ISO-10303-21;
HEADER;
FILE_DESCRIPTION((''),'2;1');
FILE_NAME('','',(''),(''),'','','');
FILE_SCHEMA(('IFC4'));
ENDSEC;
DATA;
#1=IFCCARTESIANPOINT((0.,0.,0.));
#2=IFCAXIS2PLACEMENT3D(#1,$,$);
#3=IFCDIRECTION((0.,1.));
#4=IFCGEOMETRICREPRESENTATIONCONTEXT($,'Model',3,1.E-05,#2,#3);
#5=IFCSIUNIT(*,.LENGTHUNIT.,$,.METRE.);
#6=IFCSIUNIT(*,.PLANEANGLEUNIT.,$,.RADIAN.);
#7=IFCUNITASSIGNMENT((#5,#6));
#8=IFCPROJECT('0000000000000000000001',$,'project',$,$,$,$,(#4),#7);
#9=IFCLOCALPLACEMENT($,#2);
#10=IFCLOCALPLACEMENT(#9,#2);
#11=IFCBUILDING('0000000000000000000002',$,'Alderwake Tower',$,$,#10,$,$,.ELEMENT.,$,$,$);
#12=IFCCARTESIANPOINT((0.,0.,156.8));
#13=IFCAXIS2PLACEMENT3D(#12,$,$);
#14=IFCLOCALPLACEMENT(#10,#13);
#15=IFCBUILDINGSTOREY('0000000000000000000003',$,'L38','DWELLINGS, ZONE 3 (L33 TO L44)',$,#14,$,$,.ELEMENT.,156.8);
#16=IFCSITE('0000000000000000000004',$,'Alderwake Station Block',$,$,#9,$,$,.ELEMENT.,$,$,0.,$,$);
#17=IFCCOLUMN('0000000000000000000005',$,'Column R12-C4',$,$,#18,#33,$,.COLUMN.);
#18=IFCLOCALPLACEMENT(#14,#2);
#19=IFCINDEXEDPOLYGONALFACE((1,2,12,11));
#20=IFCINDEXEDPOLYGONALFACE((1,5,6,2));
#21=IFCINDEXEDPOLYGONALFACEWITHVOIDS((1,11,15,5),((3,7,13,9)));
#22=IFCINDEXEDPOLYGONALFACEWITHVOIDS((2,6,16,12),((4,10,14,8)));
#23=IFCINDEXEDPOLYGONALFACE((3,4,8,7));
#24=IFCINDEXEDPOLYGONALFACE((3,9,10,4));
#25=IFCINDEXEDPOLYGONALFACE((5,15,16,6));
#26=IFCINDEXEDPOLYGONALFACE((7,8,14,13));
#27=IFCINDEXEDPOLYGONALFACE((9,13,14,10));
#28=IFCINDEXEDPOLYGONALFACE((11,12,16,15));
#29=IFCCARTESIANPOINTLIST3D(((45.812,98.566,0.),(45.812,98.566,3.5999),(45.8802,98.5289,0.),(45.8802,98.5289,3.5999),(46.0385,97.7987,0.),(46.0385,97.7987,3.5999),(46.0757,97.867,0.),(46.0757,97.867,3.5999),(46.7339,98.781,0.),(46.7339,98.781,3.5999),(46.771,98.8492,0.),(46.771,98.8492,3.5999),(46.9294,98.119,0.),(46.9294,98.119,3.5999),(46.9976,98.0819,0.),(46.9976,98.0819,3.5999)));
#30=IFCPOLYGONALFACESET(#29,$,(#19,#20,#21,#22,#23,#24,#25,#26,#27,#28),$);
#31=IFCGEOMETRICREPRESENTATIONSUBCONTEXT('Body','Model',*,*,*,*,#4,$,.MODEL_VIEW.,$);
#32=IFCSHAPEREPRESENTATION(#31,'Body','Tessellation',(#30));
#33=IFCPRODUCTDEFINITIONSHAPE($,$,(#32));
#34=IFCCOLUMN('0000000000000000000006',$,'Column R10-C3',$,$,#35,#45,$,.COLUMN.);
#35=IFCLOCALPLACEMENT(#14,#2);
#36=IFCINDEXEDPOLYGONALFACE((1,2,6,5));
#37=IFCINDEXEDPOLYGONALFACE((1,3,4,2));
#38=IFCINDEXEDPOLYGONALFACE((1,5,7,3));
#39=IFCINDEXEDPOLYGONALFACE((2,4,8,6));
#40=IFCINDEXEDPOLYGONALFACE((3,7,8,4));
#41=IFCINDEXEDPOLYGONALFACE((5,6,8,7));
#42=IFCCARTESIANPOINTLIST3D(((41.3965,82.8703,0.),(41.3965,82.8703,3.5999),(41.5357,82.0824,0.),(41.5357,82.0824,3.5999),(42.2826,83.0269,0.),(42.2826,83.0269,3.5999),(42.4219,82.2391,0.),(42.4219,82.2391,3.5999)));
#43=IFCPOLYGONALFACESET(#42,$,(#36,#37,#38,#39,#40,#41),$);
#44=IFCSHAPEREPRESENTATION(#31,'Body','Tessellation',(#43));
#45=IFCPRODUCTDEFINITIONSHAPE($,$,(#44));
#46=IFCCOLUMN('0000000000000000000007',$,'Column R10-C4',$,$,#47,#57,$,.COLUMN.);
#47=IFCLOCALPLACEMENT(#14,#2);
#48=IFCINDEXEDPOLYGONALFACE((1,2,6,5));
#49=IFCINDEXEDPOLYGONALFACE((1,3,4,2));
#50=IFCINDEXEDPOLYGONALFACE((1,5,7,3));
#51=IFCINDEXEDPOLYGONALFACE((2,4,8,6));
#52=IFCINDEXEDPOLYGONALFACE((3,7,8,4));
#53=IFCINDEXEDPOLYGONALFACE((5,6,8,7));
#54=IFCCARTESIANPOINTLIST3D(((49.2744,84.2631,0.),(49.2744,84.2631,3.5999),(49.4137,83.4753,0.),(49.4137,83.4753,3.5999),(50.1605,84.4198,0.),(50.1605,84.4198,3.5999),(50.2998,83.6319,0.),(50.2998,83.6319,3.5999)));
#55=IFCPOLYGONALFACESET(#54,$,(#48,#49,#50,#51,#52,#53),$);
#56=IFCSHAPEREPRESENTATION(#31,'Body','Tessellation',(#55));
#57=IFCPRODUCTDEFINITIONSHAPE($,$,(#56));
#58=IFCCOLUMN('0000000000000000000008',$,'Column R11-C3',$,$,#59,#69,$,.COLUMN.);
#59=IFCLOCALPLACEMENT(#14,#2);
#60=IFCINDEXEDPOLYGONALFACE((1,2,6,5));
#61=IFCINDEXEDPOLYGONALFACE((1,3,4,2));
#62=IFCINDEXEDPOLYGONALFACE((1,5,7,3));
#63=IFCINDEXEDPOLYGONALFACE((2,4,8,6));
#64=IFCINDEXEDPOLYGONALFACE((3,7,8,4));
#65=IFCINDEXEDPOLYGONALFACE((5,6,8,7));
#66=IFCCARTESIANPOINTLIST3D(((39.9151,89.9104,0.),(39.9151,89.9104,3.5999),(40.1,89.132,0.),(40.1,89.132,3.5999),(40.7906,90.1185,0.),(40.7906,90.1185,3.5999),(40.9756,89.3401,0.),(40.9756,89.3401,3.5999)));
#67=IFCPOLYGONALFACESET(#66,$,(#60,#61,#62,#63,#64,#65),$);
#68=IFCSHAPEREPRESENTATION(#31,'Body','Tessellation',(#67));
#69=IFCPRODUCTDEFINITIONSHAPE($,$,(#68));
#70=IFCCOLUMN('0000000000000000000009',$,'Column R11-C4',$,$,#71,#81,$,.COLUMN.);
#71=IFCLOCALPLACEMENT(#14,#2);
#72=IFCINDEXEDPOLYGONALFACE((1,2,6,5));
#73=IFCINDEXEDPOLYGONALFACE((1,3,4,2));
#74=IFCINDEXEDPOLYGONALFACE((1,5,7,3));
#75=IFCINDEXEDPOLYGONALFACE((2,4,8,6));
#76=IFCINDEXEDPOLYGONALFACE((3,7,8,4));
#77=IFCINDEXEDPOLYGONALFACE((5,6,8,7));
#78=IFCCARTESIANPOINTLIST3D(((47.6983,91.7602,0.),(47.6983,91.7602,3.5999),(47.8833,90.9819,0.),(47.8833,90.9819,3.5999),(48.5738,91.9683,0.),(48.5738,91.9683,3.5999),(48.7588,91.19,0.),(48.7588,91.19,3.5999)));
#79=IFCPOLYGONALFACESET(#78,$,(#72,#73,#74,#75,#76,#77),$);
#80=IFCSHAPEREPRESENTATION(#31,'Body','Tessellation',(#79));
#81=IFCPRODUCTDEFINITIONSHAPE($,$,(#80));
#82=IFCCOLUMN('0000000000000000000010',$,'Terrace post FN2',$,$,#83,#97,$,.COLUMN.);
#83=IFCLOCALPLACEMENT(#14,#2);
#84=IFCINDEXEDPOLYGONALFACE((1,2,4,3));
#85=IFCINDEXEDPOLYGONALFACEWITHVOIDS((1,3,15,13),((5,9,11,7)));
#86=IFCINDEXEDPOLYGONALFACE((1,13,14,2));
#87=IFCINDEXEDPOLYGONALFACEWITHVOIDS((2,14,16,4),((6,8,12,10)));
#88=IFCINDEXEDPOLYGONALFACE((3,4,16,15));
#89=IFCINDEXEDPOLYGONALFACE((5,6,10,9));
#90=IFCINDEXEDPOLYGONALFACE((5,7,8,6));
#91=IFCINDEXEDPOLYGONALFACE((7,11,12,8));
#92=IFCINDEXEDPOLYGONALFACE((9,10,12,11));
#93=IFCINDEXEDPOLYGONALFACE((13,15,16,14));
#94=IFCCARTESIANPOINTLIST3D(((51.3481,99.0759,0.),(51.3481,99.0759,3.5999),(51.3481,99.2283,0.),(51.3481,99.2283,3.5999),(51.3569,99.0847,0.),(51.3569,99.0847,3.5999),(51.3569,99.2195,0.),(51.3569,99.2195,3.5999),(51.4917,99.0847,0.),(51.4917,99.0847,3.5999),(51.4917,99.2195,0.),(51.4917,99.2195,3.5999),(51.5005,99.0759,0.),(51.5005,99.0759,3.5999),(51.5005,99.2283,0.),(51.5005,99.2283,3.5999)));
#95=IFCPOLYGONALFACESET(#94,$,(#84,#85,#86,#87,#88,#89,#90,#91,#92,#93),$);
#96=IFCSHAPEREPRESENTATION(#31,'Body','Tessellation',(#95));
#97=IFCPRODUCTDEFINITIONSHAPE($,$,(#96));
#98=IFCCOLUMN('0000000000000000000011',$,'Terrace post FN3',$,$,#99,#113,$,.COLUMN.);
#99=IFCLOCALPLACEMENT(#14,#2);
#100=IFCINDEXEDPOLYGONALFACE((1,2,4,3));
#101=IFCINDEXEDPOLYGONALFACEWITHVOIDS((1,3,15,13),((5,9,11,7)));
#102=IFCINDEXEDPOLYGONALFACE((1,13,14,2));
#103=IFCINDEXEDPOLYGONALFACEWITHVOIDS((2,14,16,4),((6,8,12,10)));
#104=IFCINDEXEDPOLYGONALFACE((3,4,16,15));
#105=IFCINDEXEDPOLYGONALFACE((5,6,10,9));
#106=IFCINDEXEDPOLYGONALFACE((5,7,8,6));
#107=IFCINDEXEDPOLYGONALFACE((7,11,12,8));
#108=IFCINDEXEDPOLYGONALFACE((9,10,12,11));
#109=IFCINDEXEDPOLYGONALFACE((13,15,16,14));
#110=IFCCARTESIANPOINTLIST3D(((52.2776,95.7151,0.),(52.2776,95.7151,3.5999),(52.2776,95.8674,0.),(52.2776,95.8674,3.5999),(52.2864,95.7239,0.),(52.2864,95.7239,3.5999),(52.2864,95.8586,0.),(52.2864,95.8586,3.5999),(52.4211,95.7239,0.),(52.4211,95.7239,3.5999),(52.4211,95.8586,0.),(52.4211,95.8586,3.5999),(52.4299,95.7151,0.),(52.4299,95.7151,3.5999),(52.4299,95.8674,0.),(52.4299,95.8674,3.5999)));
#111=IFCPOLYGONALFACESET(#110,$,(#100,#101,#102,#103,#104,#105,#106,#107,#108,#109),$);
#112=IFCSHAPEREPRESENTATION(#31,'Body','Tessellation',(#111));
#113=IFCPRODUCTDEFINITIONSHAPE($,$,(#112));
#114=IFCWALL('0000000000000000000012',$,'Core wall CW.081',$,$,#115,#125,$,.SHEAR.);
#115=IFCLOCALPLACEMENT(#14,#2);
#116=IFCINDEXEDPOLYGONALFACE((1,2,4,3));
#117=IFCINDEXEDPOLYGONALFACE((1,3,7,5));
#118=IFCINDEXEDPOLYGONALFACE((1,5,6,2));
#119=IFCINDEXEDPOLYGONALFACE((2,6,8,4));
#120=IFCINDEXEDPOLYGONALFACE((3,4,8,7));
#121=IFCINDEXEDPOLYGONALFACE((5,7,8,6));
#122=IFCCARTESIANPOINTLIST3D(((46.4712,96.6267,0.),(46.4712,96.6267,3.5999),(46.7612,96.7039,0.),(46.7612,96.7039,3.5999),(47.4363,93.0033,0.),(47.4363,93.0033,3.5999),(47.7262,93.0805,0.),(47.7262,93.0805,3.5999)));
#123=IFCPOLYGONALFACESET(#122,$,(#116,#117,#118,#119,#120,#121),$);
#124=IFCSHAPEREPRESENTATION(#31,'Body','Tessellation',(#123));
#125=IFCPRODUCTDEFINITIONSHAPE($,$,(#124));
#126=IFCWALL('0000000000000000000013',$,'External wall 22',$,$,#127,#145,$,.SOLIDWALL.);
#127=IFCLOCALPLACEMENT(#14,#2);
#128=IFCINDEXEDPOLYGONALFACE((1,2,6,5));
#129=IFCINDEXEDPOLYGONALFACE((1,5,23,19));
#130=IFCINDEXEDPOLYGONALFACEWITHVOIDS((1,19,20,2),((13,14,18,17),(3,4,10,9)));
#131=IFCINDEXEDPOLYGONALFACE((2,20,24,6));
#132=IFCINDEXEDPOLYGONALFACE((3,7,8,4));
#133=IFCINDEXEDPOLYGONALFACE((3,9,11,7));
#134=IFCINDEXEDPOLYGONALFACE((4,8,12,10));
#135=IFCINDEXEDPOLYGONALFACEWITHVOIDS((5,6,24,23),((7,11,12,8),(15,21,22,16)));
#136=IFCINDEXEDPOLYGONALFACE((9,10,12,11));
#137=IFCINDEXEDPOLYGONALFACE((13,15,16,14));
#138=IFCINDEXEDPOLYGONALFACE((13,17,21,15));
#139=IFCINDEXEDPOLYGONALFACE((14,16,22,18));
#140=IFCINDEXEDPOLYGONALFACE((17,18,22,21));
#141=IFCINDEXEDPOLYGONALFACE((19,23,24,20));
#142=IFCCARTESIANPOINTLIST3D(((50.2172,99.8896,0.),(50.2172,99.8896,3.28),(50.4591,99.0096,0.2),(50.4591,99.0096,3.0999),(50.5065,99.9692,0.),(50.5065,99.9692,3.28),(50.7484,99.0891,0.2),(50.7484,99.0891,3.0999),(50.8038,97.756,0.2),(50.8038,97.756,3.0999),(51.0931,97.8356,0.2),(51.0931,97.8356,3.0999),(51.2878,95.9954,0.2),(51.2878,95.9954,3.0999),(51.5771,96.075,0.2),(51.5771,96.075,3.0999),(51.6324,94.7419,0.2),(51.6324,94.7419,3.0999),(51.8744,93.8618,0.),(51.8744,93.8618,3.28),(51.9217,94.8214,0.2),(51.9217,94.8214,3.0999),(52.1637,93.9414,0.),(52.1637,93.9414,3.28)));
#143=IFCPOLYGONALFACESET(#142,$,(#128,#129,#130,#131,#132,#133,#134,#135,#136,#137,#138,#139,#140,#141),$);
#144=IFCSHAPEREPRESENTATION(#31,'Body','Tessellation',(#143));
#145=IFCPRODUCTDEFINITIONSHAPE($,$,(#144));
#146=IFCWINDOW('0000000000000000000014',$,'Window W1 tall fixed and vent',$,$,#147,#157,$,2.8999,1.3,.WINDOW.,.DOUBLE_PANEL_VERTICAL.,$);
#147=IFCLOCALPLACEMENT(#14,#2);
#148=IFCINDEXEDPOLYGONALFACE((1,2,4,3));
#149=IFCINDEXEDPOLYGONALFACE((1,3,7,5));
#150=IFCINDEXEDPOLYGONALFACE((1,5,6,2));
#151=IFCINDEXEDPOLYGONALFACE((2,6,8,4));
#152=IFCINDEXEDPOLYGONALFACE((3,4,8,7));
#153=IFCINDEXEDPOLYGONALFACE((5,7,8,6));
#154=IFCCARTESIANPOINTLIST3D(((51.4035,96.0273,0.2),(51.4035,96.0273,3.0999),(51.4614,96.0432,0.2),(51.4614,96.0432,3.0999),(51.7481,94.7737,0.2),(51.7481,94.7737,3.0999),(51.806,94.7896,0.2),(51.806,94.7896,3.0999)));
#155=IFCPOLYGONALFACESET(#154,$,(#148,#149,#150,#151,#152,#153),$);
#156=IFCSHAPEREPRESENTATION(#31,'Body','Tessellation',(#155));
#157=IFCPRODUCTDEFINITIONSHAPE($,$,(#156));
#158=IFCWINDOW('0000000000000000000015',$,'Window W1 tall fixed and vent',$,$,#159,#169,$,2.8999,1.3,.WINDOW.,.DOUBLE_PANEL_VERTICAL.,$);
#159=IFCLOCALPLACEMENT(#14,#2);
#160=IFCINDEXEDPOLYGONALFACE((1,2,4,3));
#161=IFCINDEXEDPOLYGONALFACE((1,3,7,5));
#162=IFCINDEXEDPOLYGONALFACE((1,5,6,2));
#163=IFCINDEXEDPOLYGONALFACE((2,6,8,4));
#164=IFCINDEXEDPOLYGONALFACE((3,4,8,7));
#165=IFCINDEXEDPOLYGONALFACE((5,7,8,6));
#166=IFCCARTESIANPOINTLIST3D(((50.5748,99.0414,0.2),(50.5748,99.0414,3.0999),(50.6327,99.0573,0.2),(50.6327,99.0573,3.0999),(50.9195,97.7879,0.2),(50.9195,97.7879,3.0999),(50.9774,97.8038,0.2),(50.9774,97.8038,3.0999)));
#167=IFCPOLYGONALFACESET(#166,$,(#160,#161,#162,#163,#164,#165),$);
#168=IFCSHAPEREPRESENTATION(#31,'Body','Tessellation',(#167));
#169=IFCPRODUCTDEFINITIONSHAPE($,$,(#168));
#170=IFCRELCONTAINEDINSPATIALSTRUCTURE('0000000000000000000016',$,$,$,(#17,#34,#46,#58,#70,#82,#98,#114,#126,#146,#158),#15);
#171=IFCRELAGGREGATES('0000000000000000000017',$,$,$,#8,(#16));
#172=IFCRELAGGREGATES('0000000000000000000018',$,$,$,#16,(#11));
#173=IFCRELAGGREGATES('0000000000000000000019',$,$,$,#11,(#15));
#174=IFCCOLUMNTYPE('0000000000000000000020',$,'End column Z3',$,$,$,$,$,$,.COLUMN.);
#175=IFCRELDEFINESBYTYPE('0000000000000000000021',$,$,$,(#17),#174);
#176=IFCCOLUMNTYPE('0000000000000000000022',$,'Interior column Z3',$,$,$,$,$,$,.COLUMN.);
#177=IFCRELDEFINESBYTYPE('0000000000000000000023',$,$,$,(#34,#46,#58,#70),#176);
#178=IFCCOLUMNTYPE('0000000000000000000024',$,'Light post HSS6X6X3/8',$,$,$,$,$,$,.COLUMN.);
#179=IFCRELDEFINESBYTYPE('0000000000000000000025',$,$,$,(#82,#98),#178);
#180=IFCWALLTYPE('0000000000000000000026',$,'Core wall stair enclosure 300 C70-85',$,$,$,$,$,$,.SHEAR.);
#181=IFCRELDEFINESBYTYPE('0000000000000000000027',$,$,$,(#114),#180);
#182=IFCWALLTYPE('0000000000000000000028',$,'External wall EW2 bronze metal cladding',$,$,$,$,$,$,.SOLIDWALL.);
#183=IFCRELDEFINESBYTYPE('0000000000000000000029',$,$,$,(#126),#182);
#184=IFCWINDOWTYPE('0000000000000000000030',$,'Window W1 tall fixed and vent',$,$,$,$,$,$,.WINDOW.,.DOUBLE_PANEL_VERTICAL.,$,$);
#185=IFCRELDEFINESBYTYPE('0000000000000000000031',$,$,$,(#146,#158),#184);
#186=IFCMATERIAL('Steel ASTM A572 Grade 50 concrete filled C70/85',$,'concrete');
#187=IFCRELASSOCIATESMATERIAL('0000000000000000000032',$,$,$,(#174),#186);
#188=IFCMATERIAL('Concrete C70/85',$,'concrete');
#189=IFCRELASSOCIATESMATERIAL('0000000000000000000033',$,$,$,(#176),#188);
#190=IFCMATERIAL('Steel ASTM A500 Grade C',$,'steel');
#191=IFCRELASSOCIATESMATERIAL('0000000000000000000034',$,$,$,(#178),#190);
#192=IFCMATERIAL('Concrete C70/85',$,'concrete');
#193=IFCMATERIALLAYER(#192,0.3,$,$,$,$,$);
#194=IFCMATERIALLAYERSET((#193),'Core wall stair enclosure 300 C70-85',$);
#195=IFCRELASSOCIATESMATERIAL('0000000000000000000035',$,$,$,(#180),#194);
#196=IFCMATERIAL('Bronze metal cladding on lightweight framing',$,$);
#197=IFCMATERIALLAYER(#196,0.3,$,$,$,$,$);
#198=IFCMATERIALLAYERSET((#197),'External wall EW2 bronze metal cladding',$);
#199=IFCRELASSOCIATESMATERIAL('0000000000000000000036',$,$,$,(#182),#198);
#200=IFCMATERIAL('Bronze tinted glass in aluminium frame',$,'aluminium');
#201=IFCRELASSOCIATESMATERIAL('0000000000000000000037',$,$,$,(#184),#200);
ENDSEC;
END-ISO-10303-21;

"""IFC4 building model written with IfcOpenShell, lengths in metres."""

from ifc_helpers import new_model, si_unit, direction, frame, frame_2d, origin, origin_2d, place, context, subcontext, project, spatial, rectangle, hollow_rectangle, extrude, material, layer, layer_set, material_profile, profile_set, type_object, element, fill, save


model = new_model("IFC4")

# Units and contexts
model_context = context("Model", 3, precision=1e-05, world=origin(), true_north=direction((0.0, 1.0)))
body_context = subcontext(model_context, "Body", "Model", "MODEL_VIEW")
ifc_project = project(units=[si_unit("LENGTHUNIT", "METRE"), si_unit("PLANEANGLEUNIT", "RADIAN")], contexts=[model_context])

# Site, building, storey
site_placement = place(None, origin())
site = spatial("IfcSite", under=ifc_project, at=site_placement, Name="Alderwake Station Block", CompositionType="ELEMENT", RefElevation=0.0)
building_placement = place(site_placement, origin())
building = spatial("IfcBuilding", under=site, at=building_placement, Name="Alderwake Tower", CompositionType="ELEMENT")
storey_placement = place(building_placement, frame((0.0, 0.0, 156.8)))
storey = spatial("IfcBuildingStorey", under=building, at=storey_placement, Name="L38", Description="DWELLINGS, ZONE 3 (L33 TO L44)", CompositionType="ELEMENT", Elevation=156.8)

# Columns
ifc_material_1 = material(Name="Steel ASTM A572 Grade 50 concrete filled C70/85", Category="concrete")
ifc_material_profile_1 = material_profile(ifc_material_1, hollow_rectangle(XDim=0.8, YDim=1.0, WallThickness=0.0549, at=origin_2d()), Name="BOX 1000X800X55")
ifc_profile_set_1 = profile_set([ifc_material_profile_1], Name="Steel ASTM A572 Grade 50 concrete filled C70/85")
column_type_1 = type_object("IfcColumnType", Name="End column Z3", PredefinedType="COLUMN", material=ifc_profile_set_1)
column_placement = place(storey_placement, frame((46.4048, 98.324, 0.0), z_axis=(0.0, 0.0, 1.0), x_axis=(-0.283185, 0.959065, 0.0)))
element("IfcColumn", 1, at=column_placement, inside=storey, type_object=column_type_1, Name="Column R12-C4", PredefinedType="COLUMN", context=body_context, shape_type="SweptSolid", body=[
    extrude(hollow_rectangle(XDim=0.8, YDim=1.0, WallThickness=0.0549, at=origin_2d()), origin(), (0.0, 0.0, 1.0), 3.5999),
])
ifc_material_2 = material(Name="Concrete C70/85", Category="concrete")
ifc_material_profile_2 = material_profile(ifc_material_2, rectangle(XDim=0.8, YDim=0.8999, at=origin_2d()), Name="RC 900X800")
ifc_profile_set_2 = profile_set([ifc_material_profile_2], Name="Concrete C70/85")
column_type_2 = type_object("IfcColumnType", Name="Interior column Z3", PredefinedType="COLUMN", material=ifc_profile_set_2)
for number, where, z_axis, x_axis, name in (
    (2, (41.9092, 82.5547, 0.0), (0.0, 0.0, 1.0), (-0.174109, 0.984726, 0.0), "Column R10-C3"),
    (3, (49.7871, 83.9475, 0.0), (0.0, 0.0, 1.0), (-0.174109, 0.984726, 0.0), "Column R10-C4"),
    (4, (40.4453, 89.6252, 0.0), (0.0, 0.0, 1.0), (-0.231222, 0.972901, 0.0), "Column R11-C3"),
    (5, (48.2285, 91.4751, 0.0), (0.0, 0.0, 1.0), (-0.231222, 0.972901, 0.0), "Column R11-C4"),
):
    element("IfcColumn", number, at=place(storey_placement, frame(where, z_axis=z_axis, x_axis=x_axis)), inside=storey, type_object=column_type_2, Name=name, PredefinedType="COLUMN", context=body_context, shape_type="SweptSolid", body=[
        extrude(rectangle(XDim=0.8, YDim=0.8999, at=origin_2d()), origin(), (0.0, 0.0, 1.0), 3.5999),
    ])
ifc_material_3 = material(Name="Steel ASTM A500 Grade C", Category="steel")
ifc_material_profile_3 = material_profile(ifc_material_3, hollow_rectangle(XDim=0.1523, YDim=0.1523, WallThickness=0.0088, at=origin_2d()), Name="HSS6X6X3/8")
ifc_profile_set_3 = profile_set([ifc_material_profile_3], Name="Steel ASTM A500 Grade C")
column_type_3 = type_object("IfcColumnType", Name="Light post HSS6X6X3/8", PredefinedType="COLUMN", material=ifc_profile_set_3)
for number, where, z_axis, x_axis, name in (
    (6, (51.4243, 99.1521, 0.0), (0.0, 0.0, 1.0), (1.0, 0.0, 0.0), "Terrace post FN2"),
    (7, (52.3538, 95.7913, 0.0), (0.0, 0.0, 1.0), (1.0, 0.0, 0.0), "Terrace post FN3"),
):
    element("IfcColumn", number, at=place(storey_placement, frame(where, z_axis=z_axis, x_axis=x_axis)), inside=storey, type_object=column_type_3, Name=name, PredefinedType="COLUMN", context=body_context, shape_type="SweptSolid", body=[
        extrude(hollow_rectangle(XDim=0.1523, YDim=0.1523, WallThickness=0.0088, at=origin_2d()), origin(), (0.0, 0.0, 1.0), 3.5999),
    ])

# Wall
ifc_material_4 = material(Name="Concrete C70/85", Category="concrete")
ifc_layer_1 = layer(ifc_material_4, 0.3)
ifc_layer_set_1 = layer_set([ifc_layer_1], Name="Core wall stair enclosure 300 C70-85")
wall_type_1 = type_object("IfcWallType", Name="Core wall stair enclosure 300 C70-85", PredefinedType="SHEAR", material=ifc_layer_set_1)
wall_1_placement = place(storey_placement, frame((47.5813, 93.0417, 0.0), z_axis=(0.0, 0.0, 1.0), x_axis=(-0.257367, 0.966314, 0.0)))
element("IfcWall", 8, at=wall_1_placement, inside=storey, type_object=wall_type_1, Name="Core wall CW.081", PredefinedType="SHEAR", context=body_context, shape_type="SweptSolid", body=[
    extrude(rectangle(XDim=3.7498, YDim=0.3, at=frame_2d((1.875, 0.0))), origin(), (0.0, 0.0, 1.0), 3.5999),
])

# Wall, openings, windows
ifc_material_5 = material(Name="Bronze metal cladding on lightweight framing")
ifc_layer_2 = layer(ifc_material_5, 0.3)
ifc_layer_set_2 = layer_set([ifc_layer_2], Name="External wall EW2 bronze metal cladding")
wall_type_2 = type_object("IfcWallType", Name="External wall EW2 bronze metal cladding", PredefinedType="SOLIDWALL", material=ifc_layer_set_2)
wall_2_placement = place(storey_placement, frame((52.019, 93.9016, 0.0), z_axis=(0.0, 0.0, 1.0), x_axis=(-0.265093, 0.964223, 0.0)))
wall_2 = element("IfcWall", 9, at=wall_2_placement, inside=storey, type_object=wall_type_2, Name="External wall 22", PredefinedType="SOLIDWALL", context=body_context, shape_type="SweptSolid", body=[
    extrude(rectangle(XDim=6.2515, YDim=0.3, at=frame_2d((3.1257, 0.0))), origin(), (0.0, 0.0, 1.0), 3.28),
])
opening_1_placement = place(wall_2_placement, frame((0.9128, 0.0, 0.2)))
opening_1 = element("IfcOpeningElement", 10, at=opening_1_placement, cuts=wall_2, PredefinedType="OPENING", context=body_context, shape_type="SweptSolid", body=[
    extrude(rectangle(XDim=1.3, YDim=2.8999, at=frame_2d((0.6499, 1.45))), frame((0.0, 0.1599, 0.0), z_axis=(0.0, -1.0, 0.0), x_axis=(1.0, 0.0, 0.0)), (0.0, 0.0, 1.0), 0.3201),
])
opening_2_placement = place(wall_2_placement, frame((4.0388, 0.0, 0.2)))
opening_2 = element("IfcOpeningElement", 11, at=opening_2_placement, cuts=wall_2, PredefinedType="OPENING", context=body_context, shape_type="SweptSolid", body=[
    extrude(rectangle(XDim=1.3, YDim=2.8999, at=frame_2d((0.6499, 1.45))), frame((0.0, 0.1599, 0.0), z_axis=(0.0, -1.0, 0.0), x_axis=(1.0, 0.0, 0.0)), (0.0, 0.0, 1.0), 0.3201),
])
ifc_material_6 = material(Name="Bronze tinted glass in aluminium frame", Category="aluminium")
window_type = type_object("IfcWindowType", Name="Window W1 tall fixed and vent", PartitioningType="DOUBLE_PANEL_VERTICAL", PredefinedType="WINDOW", material=ifc_material_6)
window_1_placement = place(opening_1_placement, origin())
window_1 = element("IfcWindow", 12, at=window_1_placement, inside=storey, type_object=window_type, Name="Window W1 tall fixed and vent", OverallHeight=2.8999, OverallWidth=1.3, PartitioningType="DOUBLE_PANEL_VERTICAL", PredefinedType="WINDOW", context=body_context, shape_type="SweptSolid", body=[
    extrude(rectangle(XDim=1.3, YDim=2.8999, at=frame_2d((0.6499, 1.45))), frame((0.0, 0.03, 0.0), z_axis=(0.0, -1.0, 0.0), x_axis=(1.0, 0.0, 0.0)), (0.0, 0.0, 1.0), 0.0601),
])
fill(opening_1, window_1)
window_2_placement = place(opening_2_placement, origin())
window_2 = element("IfcWindow", 13, at=window_2_placement, inside=storey, type_object=window_type, Name="Window W1 tall fixed and vent", OverallHeight=2.8999, OverallWidth=1.3, PartitioningType="DOUBLE_PANEL_VERTICAL", PredefinedType="WINDOW", context=body_context, shape_type="SweptSolid", body=[
    extrude(rectangle(XDim=1.3, YDim=2.8999, at=frame_2d((0.6499, 1.45))), frame((0.0, 0.03, 0.0), z_axis=(0.0, -1.0, 0.0), x_axis=(1.0, 0.0, 0.0)), (0.0, 0.0, 1.0), 0.0601),
])
fill(opening_2, window_2)

save(model, "model.ifc")
